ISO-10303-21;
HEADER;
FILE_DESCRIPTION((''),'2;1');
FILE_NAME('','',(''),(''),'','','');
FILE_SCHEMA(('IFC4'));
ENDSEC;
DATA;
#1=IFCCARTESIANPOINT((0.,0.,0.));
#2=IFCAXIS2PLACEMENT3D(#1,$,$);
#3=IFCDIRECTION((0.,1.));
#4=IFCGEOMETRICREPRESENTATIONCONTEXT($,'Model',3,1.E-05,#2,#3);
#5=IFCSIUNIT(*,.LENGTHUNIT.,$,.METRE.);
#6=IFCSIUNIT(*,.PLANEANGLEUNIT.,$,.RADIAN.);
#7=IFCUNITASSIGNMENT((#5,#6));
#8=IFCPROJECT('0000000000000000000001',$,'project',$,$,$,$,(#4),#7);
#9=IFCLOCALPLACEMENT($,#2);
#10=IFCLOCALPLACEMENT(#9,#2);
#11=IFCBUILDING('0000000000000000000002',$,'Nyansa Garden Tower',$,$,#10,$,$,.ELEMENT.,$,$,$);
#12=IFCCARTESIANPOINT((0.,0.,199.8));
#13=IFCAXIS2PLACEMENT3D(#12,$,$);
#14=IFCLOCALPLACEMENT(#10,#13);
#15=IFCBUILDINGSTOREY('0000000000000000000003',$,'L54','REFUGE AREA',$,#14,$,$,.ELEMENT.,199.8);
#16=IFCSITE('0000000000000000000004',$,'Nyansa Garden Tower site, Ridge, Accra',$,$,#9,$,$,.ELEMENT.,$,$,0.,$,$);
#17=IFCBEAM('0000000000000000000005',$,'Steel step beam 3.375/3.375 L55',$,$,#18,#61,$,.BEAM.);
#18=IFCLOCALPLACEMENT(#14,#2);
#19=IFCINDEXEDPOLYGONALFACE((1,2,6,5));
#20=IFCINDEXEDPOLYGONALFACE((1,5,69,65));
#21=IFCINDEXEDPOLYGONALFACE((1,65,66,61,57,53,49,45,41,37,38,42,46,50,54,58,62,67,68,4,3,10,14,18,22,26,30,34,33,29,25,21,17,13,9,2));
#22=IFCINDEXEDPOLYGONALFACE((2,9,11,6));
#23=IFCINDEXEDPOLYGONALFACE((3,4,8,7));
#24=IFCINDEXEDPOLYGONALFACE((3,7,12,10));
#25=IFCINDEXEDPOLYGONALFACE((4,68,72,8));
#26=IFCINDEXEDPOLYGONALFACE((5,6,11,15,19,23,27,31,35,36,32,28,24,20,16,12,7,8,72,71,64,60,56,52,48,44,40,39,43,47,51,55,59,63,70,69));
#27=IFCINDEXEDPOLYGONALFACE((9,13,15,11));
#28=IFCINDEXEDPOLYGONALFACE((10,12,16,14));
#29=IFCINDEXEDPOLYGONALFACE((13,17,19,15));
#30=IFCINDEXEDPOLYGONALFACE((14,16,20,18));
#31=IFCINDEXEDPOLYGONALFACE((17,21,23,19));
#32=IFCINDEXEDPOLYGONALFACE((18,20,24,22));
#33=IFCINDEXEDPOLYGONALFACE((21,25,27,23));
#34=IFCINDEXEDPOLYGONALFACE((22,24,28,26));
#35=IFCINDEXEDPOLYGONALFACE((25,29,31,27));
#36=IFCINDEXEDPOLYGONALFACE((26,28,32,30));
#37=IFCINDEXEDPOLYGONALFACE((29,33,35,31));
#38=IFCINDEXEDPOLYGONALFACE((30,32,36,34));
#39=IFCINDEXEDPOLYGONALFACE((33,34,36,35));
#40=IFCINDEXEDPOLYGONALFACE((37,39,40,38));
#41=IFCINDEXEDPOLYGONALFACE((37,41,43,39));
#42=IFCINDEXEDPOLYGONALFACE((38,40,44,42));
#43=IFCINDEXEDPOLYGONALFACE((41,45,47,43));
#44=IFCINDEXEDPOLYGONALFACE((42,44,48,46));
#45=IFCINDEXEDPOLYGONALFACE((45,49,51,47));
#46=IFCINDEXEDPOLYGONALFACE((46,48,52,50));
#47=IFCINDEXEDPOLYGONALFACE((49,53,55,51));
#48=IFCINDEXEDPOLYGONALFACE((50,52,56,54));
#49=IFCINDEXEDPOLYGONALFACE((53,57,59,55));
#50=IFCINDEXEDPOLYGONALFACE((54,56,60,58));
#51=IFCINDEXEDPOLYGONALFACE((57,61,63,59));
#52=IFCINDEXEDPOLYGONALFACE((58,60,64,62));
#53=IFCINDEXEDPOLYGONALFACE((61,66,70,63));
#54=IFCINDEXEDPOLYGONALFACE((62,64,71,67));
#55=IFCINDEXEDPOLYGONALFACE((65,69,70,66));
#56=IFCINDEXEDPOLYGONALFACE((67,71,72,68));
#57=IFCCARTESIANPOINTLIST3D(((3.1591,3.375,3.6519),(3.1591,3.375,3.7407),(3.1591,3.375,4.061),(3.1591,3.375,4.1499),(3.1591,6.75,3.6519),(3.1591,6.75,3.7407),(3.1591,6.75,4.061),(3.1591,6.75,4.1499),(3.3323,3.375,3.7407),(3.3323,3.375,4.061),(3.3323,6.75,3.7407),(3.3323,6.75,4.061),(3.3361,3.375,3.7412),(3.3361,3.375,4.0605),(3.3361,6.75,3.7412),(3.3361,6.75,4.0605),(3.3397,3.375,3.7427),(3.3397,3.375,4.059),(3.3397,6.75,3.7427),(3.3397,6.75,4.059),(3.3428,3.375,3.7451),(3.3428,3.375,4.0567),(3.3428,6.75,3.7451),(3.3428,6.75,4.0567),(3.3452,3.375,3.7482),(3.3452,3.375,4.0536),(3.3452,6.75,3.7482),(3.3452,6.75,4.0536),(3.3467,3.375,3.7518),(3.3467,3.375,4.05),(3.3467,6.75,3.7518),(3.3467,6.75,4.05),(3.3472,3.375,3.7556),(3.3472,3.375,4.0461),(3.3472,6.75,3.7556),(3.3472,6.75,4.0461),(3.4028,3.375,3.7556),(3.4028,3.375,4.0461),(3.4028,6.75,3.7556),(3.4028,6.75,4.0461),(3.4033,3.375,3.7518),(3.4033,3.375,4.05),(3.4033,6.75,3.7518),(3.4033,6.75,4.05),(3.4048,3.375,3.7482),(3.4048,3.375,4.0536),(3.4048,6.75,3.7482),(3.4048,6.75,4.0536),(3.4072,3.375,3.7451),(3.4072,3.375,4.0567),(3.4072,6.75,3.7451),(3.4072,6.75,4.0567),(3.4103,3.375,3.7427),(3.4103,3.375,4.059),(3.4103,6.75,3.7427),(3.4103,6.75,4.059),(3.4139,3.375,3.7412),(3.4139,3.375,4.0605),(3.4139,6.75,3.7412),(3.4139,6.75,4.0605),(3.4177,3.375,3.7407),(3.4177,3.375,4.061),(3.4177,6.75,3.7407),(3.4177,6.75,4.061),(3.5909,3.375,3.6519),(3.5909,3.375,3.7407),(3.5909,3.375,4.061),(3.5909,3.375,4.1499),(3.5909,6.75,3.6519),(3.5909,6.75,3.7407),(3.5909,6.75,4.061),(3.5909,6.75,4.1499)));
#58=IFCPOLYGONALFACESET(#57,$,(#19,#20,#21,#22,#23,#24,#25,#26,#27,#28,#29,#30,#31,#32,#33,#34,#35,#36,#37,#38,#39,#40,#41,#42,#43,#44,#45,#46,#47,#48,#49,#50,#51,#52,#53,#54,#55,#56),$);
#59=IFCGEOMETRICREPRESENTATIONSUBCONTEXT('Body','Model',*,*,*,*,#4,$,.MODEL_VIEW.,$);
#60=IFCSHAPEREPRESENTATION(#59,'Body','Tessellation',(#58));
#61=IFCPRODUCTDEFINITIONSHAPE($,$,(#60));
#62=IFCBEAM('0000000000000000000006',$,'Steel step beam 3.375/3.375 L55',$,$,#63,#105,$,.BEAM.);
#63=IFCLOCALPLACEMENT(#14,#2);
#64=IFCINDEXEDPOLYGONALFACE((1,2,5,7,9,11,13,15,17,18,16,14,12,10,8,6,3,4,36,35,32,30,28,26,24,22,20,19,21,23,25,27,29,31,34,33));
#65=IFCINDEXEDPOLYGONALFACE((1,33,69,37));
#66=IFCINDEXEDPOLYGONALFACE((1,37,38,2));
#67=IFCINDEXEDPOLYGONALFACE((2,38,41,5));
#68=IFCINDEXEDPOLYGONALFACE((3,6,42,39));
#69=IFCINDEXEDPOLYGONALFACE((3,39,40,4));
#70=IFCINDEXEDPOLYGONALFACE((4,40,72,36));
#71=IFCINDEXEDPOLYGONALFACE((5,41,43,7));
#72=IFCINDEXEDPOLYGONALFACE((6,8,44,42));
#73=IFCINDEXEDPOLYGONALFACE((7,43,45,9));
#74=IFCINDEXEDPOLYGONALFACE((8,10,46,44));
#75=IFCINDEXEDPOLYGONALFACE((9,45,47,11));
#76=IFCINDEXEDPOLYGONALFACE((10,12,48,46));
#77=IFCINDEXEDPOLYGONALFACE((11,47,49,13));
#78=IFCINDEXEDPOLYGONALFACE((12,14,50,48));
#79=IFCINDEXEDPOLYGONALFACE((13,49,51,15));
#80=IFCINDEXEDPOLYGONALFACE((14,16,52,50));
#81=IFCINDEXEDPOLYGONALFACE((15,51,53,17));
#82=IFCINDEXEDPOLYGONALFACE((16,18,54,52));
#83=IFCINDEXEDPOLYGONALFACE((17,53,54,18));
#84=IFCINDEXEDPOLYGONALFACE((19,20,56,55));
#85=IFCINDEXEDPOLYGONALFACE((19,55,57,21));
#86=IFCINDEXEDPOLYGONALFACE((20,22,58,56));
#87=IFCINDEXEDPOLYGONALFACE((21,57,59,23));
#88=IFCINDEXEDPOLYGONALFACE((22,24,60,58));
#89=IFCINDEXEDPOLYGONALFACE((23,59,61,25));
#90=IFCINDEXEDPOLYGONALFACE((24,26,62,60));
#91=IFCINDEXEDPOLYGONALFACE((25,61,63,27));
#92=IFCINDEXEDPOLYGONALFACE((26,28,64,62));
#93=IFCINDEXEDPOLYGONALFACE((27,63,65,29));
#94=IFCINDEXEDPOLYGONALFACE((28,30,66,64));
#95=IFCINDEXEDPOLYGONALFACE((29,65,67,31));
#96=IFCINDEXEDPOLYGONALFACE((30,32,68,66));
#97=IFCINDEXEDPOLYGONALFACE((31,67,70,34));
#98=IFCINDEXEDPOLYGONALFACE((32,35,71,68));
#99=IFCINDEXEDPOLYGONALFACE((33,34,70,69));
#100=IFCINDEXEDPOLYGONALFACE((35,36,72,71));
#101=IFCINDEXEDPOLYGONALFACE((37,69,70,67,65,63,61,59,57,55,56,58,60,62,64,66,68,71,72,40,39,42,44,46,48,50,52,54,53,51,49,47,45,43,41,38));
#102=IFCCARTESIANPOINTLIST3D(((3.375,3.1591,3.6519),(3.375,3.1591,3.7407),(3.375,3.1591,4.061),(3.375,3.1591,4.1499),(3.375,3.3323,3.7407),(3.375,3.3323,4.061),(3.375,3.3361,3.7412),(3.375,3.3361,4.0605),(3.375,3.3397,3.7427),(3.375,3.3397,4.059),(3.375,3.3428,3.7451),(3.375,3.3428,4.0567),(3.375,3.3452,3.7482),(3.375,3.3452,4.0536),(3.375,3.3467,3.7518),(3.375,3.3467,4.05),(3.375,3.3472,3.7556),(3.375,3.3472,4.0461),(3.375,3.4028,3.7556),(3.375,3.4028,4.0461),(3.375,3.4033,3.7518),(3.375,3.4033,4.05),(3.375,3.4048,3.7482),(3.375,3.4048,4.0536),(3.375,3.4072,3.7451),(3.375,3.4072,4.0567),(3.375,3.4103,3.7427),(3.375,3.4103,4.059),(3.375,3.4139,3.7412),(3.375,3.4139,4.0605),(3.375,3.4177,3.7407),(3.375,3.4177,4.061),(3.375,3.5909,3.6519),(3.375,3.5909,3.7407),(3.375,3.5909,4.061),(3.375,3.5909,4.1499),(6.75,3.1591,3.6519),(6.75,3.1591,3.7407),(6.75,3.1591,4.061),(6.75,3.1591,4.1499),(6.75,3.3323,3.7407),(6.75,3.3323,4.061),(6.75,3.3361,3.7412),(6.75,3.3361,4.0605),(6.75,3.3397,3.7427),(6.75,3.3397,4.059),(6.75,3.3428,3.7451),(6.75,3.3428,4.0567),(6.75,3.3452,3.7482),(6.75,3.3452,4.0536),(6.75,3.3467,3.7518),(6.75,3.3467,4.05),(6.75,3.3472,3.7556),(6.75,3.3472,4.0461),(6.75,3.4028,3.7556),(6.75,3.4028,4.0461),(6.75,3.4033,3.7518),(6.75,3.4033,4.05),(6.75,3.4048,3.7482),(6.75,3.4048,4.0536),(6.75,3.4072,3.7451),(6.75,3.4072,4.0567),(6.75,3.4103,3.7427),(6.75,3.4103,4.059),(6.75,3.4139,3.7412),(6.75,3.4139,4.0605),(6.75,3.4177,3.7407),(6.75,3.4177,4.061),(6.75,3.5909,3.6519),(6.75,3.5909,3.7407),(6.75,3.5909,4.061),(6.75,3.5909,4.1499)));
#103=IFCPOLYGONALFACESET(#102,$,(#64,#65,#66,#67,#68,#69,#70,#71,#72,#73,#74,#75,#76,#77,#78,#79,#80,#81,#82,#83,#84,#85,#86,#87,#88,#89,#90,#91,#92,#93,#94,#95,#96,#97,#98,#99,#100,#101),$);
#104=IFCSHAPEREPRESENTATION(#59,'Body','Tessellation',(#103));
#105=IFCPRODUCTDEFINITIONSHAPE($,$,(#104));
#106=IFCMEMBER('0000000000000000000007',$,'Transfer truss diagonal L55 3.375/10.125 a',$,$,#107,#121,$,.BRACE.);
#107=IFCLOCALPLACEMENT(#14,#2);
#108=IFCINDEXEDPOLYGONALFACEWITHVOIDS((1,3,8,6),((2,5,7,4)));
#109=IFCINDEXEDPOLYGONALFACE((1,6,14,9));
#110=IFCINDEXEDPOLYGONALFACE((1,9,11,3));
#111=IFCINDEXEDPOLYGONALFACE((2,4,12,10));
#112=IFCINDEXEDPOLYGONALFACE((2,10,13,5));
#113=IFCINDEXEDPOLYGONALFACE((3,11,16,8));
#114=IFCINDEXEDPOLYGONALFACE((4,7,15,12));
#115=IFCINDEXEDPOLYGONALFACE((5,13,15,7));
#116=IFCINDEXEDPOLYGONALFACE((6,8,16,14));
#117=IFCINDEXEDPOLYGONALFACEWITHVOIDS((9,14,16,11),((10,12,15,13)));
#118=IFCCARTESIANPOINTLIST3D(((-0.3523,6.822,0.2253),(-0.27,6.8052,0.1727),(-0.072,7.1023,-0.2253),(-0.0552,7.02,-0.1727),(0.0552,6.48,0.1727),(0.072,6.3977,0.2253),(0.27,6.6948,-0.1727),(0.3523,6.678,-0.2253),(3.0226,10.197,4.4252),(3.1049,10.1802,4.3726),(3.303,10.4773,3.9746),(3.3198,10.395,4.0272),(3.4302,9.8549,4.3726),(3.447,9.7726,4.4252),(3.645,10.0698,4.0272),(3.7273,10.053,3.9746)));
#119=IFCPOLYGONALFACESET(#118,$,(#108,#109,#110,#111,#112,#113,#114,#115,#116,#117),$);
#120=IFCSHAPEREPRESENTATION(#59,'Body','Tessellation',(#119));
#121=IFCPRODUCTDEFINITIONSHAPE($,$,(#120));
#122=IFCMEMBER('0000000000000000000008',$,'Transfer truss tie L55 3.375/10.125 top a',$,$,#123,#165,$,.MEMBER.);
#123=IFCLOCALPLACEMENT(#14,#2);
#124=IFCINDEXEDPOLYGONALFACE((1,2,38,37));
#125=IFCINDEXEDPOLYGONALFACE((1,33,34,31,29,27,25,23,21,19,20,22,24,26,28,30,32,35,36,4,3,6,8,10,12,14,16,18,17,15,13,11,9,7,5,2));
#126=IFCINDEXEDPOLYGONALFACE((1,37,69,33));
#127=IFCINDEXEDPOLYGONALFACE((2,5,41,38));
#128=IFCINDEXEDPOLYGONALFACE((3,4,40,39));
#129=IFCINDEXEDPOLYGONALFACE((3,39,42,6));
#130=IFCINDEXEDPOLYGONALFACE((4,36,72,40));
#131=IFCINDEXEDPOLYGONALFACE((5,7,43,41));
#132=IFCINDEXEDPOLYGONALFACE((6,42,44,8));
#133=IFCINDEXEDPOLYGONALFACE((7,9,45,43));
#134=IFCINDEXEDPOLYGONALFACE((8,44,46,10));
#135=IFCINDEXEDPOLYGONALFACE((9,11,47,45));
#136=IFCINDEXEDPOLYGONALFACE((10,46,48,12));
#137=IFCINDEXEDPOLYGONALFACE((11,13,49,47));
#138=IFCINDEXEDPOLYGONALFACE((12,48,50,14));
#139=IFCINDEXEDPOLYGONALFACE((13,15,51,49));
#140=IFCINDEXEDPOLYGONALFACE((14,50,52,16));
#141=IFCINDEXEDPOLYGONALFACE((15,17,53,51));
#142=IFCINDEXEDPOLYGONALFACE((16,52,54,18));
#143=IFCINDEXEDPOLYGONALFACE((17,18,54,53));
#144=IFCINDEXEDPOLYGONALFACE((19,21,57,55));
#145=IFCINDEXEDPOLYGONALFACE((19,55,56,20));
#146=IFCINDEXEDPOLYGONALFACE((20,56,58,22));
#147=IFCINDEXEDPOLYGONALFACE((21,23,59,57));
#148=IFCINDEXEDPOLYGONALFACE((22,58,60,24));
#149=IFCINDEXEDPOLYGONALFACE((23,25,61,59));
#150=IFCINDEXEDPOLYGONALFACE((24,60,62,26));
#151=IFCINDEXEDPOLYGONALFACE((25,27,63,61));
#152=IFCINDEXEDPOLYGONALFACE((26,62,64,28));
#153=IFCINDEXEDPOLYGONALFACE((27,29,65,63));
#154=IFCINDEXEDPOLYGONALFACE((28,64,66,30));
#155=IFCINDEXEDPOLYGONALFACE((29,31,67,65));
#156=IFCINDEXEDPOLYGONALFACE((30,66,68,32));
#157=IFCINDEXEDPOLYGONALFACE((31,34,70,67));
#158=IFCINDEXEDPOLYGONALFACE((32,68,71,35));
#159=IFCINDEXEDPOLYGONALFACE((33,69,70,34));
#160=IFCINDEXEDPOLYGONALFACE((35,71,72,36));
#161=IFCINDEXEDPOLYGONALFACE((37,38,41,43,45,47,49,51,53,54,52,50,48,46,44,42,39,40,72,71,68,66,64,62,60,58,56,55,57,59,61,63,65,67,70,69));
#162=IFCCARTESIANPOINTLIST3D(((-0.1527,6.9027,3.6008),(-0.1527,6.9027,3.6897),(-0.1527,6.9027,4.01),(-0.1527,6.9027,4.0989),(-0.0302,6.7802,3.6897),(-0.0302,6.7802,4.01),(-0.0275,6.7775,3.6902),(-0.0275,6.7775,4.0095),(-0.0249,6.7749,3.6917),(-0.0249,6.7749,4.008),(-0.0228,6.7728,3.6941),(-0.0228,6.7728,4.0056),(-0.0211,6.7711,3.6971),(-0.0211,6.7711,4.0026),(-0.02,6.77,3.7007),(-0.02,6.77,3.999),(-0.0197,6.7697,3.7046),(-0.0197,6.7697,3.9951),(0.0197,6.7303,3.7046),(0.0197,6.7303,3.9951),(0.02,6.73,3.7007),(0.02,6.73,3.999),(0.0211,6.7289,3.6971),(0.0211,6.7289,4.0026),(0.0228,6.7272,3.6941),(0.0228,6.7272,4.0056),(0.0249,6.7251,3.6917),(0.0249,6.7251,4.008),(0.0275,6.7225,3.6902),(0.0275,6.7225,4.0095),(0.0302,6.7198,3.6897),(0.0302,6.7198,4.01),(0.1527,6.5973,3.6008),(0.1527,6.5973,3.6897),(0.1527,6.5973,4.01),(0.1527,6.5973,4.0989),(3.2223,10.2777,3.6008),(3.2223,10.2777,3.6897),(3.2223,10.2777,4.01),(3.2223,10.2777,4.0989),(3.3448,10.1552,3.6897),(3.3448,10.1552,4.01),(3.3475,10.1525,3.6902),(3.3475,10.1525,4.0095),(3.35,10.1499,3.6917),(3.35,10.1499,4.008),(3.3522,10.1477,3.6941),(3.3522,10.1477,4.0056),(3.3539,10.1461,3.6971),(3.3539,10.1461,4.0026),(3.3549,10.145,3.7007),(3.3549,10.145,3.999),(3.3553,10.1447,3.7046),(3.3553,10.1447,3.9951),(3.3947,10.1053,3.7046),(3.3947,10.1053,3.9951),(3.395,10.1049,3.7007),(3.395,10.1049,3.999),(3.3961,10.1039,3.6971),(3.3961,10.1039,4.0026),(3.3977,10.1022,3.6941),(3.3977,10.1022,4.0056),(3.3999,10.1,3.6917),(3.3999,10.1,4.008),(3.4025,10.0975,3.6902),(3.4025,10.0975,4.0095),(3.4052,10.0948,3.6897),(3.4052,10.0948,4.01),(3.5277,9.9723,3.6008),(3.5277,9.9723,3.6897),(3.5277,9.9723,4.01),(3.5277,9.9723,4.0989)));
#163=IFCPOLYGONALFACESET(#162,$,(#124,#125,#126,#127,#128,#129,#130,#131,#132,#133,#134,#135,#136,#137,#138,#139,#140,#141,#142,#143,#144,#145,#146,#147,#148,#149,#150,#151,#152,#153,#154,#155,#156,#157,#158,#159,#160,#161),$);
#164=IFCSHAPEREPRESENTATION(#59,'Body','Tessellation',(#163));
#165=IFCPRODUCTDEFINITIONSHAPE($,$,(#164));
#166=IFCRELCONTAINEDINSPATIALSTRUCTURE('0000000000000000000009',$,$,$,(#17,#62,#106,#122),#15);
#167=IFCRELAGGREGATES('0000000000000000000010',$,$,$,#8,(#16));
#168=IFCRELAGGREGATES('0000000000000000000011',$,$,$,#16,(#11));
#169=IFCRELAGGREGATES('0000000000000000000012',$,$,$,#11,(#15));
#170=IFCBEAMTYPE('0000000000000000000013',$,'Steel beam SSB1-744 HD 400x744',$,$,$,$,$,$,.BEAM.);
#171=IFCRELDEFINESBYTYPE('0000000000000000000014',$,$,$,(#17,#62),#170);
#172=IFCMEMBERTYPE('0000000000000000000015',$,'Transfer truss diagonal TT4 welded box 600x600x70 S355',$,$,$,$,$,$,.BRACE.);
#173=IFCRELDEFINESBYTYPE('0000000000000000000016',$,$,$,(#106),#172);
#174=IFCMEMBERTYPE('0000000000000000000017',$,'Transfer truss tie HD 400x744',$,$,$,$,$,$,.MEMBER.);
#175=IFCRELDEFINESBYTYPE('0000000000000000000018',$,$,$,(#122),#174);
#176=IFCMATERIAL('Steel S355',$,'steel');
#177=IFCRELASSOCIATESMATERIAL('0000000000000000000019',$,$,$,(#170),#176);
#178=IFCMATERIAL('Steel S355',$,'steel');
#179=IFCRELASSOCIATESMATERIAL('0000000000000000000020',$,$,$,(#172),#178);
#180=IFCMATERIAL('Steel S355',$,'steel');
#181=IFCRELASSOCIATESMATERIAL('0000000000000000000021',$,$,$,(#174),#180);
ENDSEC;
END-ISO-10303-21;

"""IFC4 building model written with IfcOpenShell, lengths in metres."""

from ifc_helpers import new_model, si_unit, direction, frame, origin, origin_2d, place, context, subcontext, project, spatial, hollow_rectangle, i_section, extrude, material, material_profile, profile_set, type_object, element, save


model = new_model("IFC4")

# Units and contexts
model_context = context("Model", 3, precision=1e-05, world=origin(), true_north=direction((0.0, 1.0)))
body_context = subcontext(model_context, "Body", "Model", "MODEL_VIEW")
ifc_project = project(units=[si_unit("LENGTHUNIT", "METRE"), si_unit("PLANEANGLEUNIT", "RADIAN")], contexts=[model_context])

# Site, building, storey
site_placement = place(None, origin())
site = spatial("IfcSite", under=ifc_project, at=site_placement, Name="Nyansa Garden Tower site, Ridge, Accra", CompositionType="ELEMENT", RefElevation=0.0)
building_placement = place(site_placement, origin())
building = spatial("IfcBuilding", under=site, at=building_placement, Name="Nyansa Garden Tower", CompositionType="ELEMENT")
storey_placement = place(building_placement, frame((0.0, 0.0, 199.8)))
storey = spatial("IfcBuildingStorey", under=building, at=storey_placement, Name="L54", Description="REFUGE AREA", CompositionType="ELEMENT", Elevation=199.8)

# Beams
ifc_material_1 = material(Name="Steel S355", Category="steel")
ifc_material_profile_1 = material_profile(ifc_material_1, i_section(OverallWidth=0.4319, OverallDepth=0.498, WebThickness=0.0557, FlangeThickness=0.0889, FilletRadius=0.0149, at=origin_2d()), Name="HD 400x744")
ifc_profile_set_1 = profile_set([ifc_material_profile_1], Name="Steel S355")
beam_type_1 = type_object("IfcBeamType", Name="Steel beam SSB1-744 HD 400x744", PredefinedType="BEAM", material=ifc_profile_set_1)
for number, where, z_axis, x_axis, name in (
    (1, (3.375, 3.375, 3.9009), (0.0, 1.0, 0.0), (-1.0, 0.0, 0.0), "Steel step beam 3.375/3.375 L55"),
    (2, (3.375, 3.375, 3.9009), (1.0, 0.0, 0.0), (0.0, 1.0, 0.0), "Steel step beam 3.375/3.375 L55"),
):
    element("IfcBeam", number, at=place(storey_placement, frame(where, z_axis=z_axis, x_axis=x_axis)), inside=storey, type_object=beam_type_1, Name=name, PredefinedType="BEAM", context=body_context, shape_type="SweptSolid", body=[
        extrude(i_section(OverallWidth=0.4319, OverallDepth=0.498, WebThickness=0.0557, FlangeThickness=0.0889, FilletRadius=0.0149, at=origin_2d()), origin(), (0.0, 0.0, 1.0), 3.375),
    ])

# Members
ifc_material_2 = material(Name="Steel S355", Category="steel")
ifc_material_profile_2 = material_profile(ifc_material_2, hollow_rectangle(XDim=0.6001, YDim=0.6001, WallThickness=0.0701, at=origin_2d()), Name="Welded box 600x600x70")
ifc_profile_set_2 = profile_set([ifc_material_profile_2], Name="Steel S355")
member_type_1 = type_object("IfcMemberType", Name="Transfer truss diagonal TT4 welded box 600x600x70 S355", PredefinedType="BRACE", material=ifc_profile_set_2)
member_1_placement = place(storey_placement, frame((0.0, 6.75, 0.0), z_axis=(0.530849, 0.530849, 0.660605), x_axis=(-0.707107, 0.707107, 0.0)))
element("IfcMember", 3, at=member_1_placement, inside=storey, type_object=member_type_1, Name="Transfer truss diagonal L55 3.375/10.125 a", PredefinedType="BRACE", context=body_context, shape_type="SweptSolid", body=[
    extrude(hollow_rectangle(XDim=0.6001, YDim=0.6001, WallThickness=0.0701, at=origin_2d()), origin(), (0.0, 0.0, 1.0), 6.3577),
])
ifc_material_3 = material(Name="Steel S355", Category="steel")
ifc_material_profile_3 = material_profile(ifc_material_3, i_section(OverallWidth=0.4319, OverallDepth=0.498, WebThickness=0.0557, FlangeThickness=0.0889, FilletRadius=0.0149, at=origin_2d()), Name="HD 400x744")
ifc_profile_set_3 = profile_set([ifc_material_profile_3], Name="Steel S355")
member_type_2 = type_object("IfcMemberType", Name="Transfer truss tie HD 400x744", PredefinedType="MEMBER", material=ifc_profile_set_3)
member_2_placement = place(storey_placement, frame((0.0, 6.75, 3.8499), z_axis=(0.707107, 0.707107, 0.0), x_axis=(-0.707107, 0.707107, 0.0)))
element("IfcMember", 4, at=member_2_placement, inside=storey, type_object=member_type_2, Name="Transfer truss tie L55 3.375/10.125 top a", PredefinedType="MEMBER", context=body_context, shape_type="SweptSolid", body=[
    extrude(i_section(OverallWidth=0.4319, OverallDepth=0.498, WebThickness=0.0557, FlangeThickness=0.0889, FilletRadius=0.0149, at=origin_2d()), origin(), (0.0, 0.0, 1.0), 4.7729),
])

save(model, "model.ifc")
